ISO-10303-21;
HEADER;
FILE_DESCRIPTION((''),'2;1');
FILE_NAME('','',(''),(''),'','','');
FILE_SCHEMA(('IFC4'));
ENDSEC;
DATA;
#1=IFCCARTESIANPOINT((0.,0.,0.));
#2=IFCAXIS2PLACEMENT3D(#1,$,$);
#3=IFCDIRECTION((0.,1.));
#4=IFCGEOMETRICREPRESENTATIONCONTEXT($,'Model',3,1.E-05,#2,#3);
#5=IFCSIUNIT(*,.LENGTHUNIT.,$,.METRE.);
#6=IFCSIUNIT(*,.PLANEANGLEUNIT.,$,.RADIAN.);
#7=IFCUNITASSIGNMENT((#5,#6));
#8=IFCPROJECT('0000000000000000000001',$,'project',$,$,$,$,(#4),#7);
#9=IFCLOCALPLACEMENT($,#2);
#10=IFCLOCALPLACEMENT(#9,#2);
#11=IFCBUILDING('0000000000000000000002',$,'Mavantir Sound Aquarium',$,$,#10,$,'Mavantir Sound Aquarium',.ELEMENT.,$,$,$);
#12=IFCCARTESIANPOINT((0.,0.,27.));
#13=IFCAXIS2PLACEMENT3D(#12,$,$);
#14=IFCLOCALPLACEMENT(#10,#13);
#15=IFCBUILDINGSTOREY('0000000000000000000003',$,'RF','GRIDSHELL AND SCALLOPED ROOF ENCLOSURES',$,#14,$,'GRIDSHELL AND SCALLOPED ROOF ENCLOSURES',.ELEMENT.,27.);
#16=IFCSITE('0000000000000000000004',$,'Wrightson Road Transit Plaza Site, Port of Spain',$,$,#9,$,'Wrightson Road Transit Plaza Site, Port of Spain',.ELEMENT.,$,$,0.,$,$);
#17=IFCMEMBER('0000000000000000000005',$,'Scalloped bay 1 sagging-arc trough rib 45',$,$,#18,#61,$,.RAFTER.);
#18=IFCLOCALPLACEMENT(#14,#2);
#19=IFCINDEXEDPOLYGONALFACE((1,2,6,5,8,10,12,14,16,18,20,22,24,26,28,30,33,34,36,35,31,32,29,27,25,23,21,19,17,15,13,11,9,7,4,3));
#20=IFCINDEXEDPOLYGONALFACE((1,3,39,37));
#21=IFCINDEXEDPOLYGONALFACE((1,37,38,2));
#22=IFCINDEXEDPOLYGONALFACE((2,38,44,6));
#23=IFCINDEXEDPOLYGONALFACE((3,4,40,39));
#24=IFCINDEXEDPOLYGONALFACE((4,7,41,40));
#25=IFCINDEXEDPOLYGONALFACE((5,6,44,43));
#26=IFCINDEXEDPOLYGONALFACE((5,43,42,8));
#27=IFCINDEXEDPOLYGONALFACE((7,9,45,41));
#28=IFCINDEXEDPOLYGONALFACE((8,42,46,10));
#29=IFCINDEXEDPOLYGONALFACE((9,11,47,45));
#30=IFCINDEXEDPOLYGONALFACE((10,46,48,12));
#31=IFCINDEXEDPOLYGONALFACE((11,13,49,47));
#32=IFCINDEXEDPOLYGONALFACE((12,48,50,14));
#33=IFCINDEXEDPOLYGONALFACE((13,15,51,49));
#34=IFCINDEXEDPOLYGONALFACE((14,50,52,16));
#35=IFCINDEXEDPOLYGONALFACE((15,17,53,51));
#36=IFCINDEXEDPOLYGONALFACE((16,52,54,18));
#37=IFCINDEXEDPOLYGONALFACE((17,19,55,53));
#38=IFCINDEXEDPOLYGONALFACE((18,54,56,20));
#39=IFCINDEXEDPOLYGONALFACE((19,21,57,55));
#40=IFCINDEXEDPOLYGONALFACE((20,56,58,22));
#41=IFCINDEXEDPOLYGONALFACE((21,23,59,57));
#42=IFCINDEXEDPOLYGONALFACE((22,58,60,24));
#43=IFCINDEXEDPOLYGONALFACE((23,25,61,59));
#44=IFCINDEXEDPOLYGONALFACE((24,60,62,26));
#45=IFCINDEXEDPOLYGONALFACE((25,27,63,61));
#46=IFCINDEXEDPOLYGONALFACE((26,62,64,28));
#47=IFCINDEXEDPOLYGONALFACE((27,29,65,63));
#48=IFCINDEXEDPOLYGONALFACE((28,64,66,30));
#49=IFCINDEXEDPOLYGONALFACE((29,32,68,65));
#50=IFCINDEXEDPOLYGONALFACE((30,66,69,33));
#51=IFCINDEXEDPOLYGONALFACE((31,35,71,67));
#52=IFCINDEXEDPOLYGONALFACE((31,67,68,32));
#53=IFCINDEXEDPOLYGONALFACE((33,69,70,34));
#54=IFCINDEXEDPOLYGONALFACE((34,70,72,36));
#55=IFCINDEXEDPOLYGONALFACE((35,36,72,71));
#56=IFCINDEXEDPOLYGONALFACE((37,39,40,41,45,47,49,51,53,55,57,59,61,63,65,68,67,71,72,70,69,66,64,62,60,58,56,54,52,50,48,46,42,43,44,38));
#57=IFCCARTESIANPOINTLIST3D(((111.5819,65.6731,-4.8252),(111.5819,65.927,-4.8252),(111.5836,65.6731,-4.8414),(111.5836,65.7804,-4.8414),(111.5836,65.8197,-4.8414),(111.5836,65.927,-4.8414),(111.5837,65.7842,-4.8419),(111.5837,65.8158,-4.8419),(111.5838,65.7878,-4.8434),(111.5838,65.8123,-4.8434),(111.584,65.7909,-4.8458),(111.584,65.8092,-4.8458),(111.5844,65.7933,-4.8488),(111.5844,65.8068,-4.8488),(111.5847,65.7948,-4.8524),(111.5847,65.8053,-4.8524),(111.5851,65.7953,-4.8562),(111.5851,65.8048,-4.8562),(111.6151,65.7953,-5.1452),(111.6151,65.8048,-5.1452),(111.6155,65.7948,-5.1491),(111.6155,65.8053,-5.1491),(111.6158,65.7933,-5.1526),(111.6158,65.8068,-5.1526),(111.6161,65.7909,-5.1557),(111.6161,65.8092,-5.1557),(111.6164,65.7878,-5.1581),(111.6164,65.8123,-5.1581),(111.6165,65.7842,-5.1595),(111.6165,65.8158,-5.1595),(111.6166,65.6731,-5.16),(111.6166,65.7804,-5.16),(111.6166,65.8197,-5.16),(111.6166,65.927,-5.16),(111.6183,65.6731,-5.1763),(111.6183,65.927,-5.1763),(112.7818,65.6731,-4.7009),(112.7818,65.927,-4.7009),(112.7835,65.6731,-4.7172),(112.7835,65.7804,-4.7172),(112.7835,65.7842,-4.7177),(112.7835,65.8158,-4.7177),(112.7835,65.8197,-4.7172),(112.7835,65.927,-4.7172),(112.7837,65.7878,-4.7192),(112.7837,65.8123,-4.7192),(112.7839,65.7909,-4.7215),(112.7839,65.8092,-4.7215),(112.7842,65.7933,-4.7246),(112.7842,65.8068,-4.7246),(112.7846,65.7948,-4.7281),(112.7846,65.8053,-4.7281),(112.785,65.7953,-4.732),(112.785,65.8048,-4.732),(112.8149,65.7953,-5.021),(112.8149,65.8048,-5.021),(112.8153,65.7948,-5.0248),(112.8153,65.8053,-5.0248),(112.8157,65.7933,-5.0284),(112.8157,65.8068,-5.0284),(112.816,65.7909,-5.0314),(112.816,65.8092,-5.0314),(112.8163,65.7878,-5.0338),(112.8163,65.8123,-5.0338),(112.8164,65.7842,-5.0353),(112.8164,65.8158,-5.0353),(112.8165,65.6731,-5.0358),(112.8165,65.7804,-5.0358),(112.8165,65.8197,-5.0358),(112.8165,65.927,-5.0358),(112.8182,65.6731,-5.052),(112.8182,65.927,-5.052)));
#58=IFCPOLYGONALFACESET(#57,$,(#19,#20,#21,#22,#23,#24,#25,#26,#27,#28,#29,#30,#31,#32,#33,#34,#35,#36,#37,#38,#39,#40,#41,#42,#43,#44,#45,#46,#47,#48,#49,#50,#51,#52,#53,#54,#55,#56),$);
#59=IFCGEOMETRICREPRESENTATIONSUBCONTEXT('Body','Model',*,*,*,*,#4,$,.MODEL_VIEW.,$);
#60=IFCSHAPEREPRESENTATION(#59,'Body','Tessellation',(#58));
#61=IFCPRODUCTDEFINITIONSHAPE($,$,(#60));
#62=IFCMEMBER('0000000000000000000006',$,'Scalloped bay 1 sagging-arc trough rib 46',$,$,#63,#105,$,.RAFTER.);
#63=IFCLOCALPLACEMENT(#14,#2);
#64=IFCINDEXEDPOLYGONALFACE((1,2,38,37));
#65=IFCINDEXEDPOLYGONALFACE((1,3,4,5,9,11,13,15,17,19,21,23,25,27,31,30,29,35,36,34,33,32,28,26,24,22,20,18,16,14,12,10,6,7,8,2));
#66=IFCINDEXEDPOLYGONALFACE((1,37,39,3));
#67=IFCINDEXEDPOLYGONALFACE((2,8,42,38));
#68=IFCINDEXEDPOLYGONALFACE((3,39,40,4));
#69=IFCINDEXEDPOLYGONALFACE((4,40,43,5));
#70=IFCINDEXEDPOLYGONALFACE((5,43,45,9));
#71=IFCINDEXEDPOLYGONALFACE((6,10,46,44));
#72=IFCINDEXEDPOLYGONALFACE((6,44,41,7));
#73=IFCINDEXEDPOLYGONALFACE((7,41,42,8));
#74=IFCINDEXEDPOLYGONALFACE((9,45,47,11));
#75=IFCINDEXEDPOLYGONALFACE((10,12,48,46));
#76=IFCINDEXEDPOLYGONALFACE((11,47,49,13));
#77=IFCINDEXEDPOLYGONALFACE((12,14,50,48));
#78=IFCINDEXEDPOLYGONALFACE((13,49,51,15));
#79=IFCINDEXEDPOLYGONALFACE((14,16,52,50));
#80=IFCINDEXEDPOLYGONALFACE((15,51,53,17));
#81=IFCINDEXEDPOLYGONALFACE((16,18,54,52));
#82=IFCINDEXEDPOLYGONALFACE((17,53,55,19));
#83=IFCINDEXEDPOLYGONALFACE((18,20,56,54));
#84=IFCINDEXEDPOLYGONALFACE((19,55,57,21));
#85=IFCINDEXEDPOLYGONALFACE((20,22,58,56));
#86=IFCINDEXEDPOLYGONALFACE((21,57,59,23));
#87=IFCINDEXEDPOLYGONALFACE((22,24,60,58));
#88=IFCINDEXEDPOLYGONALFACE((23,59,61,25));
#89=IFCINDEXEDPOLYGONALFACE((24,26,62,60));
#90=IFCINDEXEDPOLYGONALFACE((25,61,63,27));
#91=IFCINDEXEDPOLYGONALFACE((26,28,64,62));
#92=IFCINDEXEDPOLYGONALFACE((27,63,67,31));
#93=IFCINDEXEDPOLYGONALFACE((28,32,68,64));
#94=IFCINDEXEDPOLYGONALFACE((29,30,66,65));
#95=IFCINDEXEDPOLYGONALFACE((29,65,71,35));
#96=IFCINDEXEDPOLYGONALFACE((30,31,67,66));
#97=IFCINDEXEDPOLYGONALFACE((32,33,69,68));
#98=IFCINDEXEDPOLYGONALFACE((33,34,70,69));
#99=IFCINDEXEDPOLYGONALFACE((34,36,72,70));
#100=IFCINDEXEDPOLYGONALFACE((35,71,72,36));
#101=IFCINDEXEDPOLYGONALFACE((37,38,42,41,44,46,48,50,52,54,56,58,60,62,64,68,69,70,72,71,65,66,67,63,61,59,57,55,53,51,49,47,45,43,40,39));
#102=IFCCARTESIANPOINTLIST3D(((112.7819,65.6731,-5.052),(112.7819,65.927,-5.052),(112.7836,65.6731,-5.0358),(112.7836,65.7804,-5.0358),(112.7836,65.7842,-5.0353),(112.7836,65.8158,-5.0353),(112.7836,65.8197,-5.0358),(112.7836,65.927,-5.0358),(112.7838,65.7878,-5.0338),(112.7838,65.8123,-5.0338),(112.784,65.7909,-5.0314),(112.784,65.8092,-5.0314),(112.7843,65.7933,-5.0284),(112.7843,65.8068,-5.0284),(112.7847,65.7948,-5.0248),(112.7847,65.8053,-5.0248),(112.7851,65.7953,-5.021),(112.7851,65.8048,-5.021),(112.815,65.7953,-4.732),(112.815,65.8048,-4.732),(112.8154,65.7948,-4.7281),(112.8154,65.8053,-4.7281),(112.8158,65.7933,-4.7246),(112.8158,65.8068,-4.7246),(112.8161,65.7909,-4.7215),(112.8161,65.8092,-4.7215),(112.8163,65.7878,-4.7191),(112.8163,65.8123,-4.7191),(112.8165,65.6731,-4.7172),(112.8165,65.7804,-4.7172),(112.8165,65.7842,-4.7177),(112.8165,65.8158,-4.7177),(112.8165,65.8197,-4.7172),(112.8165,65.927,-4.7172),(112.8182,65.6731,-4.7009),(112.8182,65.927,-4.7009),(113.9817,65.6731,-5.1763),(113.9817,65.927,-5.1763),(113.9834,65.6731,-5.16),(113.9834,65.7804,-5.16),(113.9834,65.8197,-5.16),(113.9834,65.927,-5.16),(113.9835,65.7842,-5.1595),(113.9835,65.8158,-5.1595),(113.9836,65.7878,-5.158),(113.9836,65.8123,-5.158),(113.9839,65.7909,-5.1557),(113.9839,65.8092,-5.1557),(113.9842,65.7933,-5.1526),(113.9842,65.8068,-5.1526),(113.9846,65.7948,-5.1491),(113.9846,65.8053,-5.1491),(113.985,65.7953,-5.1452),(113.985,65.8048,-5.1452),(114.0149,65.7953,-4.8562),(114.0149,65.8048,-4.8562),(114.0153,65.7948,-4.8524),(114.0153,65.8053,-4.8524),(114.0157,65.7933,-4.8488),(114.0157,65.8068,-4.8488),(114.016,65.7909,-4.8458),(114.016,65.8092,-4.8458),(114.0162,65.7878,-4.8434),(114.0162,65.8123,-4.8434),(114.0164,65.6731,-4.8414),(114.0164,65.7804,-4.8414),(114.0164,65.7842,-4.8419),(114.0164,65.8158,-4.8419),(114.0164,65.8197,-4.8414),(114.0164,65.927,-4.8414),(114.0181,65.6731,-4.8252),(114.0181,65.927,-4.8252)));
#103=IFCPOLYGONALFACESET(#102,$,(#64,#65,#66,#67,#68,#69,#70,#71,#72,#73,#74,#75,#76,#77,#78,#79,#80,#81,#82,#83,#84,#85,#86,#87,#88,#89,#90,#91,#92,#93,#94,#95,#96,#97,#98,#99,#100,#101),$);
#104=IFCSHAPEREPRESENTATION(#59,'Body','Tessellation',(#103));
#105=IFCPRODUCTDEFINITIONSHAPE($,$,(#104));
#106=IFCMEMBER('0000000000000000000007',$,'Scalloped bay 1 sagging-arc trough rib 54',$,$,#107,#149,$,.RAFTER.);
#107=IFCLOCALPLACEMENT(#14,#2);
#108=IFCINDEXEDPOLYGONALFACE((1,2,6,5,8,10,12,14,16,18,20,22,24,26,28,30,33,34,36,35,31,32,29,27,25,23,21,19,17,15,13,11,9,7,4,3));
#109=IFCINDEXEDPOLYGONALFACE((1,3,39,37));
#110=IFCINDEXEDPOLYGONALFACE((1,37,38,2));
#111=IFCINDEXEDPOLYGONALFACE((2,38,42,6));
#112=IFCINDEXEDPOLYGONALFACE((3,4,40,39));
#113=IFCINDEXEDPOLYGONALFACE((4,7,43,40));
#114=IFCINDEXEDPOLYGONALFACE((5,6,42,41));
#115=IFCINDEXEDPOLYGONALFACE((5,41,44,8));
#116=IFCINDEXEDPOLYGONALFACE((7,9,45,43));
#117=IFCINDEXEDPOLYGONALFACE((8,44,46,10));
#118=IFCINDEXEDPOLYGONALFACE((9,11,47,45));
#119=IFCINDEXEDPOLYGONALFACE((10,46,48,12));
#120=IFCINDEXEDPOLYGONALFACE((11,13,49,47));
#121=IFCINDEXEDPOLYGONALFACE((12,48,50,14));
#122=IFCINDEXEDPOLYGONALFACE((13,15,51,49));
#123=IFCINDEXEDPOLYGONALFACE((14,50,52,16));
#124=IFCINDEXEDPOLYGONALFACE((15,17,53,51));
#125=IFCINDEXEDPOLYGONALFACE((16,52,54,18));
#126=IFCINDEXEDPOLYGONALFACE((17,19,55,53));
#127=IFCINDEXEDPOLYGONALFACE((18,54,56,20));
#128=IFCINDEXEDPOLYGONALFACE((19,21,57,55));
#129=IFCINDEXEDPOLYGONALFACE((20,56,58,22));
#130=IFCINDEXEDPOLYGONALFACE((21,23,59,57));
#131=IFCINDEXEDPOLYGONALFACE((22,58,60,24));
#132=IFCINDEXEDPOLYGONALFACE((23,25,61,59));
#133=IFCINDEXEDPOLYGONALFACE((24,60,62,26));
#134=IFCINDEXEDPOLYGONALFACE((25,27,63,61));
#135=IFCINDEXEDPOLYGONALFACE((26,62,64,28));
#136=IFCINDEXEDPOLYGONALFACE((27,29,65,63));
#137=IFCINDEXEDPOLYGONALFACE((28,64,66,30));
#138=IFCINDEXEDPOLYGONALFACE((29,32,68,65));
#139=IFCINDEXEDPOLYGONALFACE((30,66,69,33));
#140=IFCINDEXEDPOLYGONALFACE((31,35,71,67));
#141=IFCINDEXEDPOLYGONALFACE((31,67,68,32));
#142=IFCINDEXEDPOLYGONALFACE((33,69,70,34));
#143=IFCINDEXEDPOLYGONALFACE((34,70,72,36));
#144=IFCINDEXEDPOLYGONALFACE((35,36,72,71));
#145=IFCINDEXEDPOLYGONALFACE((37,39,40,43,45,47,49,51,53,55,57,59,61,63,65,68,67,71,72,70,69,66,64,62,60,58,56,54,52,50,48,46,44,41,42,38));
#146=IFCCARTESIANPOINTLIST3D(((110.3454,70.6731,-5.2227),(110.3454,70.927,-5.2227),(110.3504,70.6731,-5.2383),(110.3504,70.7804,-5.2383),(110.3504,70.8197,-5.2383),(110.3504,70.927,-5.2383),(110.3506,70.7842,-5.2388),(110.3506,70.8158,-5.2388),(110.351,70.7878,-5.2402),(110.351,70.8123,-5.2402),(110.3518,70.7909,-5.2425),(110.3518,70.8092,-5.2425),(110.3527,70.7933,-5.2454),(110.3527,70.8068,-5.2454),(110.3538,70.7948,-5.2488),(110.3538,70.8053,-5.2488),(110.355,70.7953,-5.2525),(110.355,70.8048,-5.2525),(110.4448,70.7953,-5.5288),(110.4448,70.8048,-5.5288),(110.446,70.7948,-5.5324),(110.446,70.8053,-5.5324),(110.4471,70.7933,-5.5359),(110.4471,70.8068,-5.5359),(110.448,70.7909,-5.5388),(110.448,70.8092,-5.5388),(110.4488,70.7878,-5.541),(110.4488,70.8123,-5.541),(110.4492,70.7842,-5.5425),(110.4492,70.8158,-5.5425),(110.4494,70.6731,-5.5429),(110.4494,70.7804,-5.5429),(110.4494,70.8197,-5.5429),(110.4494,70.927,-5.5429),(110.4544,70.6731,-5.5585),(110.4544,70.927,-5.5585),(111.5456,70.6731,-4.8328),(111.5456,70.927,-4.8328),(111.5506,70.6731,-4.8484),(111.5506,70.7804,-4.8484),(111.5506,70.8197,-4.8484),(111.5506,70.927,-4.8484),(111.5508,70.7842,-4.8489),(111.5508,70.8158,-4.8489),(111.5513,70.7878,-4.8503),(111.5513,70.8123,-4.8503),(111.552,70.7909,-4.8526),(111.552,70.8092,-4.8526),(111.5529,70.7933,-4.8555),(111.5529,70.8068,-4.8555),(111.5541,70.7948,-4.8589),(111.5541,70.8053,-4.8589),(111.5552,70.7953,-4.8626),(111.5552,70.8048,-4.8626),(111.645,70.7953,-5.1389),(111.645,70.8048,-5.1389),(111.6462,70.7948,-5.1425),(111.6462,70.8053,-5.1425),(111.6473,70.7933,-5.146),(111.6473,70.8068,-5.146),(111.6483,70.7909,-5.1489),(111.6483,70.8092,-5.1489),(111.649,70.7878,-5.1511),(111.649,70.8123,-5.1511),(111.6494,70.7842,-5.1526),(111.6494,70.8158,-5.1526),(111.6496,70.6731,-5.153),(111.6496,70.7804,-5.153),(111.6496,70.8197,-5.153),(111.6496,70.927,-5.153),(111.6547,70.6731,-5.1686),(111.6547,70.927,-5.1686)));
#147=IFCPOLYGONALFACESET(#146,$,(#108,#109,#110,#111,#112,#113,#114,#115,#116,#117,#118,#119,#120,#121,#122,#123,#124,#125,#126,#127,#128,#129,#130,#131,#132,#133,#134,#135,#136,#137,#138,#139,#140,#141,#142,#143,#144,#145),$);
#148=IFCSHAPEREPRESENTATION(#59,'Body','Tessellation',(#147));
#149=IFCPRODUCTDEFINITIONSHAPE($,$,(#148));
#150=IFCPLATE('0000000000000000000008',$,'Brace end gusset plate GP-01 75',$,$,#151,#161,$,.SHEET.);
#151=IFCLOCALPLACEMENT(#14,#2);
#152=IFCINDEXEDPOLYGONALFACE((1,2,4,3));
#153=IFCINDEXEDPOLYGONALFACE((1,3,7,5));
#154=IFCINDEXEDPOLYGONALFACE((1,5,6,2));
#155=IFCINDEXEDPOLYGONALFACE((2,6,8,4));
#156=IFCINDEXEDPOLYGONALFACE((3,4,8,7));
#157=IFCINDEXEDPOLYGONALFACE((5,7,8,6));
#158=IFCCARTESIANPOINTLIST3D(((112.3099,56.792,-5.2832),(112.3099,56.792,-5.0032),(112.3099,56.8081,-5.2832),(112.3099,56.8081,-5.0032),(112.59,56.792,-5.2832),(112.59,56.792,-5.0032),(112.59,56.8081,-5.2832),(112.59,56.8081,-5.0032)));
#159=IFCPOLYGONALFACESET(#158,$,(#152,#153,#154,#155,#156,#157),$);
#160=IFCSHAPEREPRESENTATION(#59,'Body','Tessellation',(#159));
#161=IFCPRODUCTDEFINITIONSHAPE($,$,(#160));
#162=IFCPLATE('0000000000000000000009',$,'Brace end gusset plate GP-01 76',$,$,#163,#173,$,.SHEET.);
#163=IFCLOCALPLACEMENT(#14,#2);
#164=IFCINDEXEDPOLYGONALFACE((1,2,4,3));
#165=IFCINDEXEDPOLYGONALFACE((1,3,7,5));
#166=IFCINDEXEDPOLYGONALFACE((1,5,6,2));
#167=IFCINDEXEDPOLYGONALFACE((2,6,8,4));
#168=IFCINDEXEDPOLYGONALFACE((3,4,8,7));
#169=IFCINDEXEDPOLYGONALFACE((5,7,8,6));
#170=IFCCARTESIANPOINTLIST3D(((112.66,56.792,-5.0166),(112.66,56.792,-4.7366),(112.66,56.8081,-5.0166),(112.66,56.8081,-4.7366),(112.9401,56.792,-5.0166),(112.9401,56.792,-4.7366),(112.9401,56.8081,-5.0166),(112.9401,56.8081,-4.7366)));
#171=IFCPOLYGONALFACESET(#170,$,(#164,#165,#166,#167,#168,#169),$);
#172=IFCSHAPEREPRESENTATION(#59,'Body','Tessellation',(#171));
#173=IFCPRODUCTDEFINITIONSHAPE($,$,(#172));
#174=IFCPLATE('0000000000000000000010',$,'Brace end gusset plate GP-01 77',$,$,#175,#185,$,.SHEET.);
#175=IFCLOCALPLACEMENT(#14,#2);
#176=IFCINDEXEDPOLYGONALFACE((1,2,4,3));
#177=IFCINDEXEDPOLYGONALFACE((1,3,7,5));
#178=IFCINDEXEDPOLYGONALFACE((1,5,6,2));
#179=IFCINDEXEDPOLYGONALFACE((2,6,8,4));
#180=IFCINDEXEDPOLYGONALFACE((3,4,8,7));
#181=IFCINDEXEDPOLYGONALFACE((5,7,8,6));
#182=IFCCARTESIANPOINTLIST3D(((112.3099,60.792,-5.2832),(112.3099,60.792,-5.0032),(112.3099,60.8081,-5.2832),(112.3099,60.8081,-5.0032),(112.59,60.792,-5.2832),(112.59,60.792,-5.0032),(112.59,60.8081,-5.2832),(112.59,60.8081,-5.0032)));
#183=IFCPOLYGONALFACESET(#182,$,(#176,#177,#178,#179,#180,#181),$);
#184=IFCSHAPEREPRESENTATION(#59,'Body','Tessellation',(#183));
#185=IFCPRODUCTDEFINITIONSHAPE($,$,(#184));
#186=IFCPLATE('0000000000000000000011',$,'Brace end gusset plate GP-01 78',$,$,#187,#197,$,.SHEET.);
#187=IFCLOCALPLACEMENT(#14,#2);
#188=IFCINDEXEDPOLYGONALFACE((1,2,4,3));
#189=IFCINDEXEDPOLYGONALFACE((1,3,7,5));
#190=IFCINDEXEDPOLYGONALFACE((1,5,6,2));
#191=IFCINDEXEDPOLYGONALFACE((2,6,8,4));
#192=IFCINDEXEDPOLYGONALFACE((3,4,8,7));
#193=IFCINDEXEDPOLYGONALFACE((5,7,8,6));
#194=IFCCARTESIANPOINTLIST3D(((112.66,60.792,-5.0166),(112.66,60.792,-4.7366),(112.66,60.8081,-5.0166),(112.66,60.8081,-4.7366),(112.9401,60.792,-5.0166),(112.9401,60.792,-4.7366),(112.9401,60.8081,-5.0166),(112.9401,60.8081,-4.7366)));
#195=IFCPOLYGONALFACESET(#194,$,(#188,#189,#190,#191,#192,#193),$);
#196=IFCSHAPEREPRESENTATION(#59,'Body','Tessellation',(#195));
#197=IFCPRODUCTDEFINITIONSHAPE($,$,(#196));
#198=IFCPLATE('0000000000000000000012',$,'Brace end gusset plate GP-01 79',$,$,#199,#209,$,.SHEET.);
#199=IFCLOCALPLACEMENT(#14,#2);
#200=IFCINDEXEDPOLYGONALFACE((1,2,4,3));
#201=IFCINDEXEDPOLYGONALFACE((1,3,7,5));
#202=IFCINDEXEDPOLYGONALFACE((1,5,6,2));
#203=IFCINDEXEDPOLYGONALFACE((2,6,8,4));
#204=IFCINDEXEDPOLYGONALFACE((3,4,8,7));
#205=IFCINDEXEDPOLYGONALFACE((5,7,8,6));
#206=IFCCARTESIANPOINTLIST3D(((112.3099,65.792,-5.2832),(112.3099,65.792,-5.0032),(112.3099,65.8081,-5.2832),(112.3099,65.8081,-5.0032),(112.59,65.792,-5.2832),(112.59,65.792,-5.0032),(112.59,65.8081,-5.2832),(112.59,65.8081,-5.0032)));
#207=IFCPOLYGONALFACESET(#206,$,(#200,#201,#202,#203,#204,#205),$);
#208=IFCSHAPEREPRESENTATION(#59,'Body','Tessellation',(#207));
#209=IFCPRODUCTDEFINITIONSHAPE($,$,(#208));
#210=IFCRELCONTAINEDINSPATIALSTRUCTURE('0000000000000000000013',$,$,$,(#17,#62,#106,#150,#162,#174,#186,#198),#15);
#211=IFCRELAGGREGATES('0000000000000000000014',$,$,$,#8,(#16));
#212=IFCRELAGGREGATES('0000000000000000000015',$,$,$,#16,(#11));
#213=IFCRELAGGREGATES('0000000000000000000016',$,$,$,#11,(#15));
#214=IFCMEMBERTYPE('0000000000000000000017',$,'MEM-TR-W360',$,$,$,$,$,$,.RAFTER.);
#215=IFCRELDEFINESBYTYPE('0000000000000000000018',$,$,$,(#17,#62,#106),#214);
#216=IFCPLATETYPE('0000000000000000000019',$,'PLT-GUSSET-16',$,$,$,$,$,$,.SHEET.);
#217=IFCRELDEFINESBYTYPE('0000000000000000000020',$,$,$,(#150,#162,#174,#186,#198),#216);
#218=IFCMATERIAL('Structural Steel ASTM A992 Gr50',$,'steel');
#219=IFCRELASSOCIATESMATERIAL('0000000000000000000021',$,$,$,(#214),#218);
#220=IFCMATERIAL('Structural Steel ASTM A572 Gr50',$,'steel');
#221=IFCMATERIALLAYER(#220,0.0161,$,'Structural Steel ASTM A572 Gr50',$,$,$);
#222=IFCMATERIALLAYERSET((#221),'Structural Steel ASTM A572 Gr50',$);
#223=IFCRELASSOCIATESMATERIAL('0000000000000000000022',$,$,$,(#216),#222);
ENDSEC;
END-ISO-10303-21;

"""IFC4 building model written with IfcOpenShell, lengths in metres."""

from ifc_helpers import new_model, si_unit, direction, frame, origin, origin_2d, place, context, subcontext, project, spatial, rectangle, i_section, extrude, material, layer, layer_set, material_profile, profile_set, type_object, element, save


model = new_model("IFC4")

# Units and contexts
model_context = context("Model", 3, precision=1e-05, world=origin(), true_north=direction((0.0, 1.0)))
body_context = subcontext(model_context, "Body", "Model", "MODEL_VIEW")
ifc_project = project(units=[si_unit("LENGTHUNIT", "METRE"), si_unit("PLANEANGLEUNIT", "RADIAN")], contexts=[model_context])

# Site, building, storey
site_placement = place(None, origin())
site = spatial("IfcSite", under=ifc_project, at=site_placement, Name="Wrightson Road Transit Plaza Site, Port of Spain", LongName="Wrightson Road Transit Plaza Site, Port of Spain", CompositionType="ELEMENT", RefElevation=0.0)
building_placement = place(site_placement, origin())
building = spatial("IfcBuilding", under=site, at=building_placement, Name="Mavantir Sound Aquarium", LongName="Mavantir Sound Aquarium", CompositionType="ELEMENT")
storey_placement = place(building_placement, frame((0.0, 0.0, 27.0)))
storey = spatial("IfcBuildingStorey", under=building, at=storey_placement, Name="RF", Description="GRIDSHELL AND SCALLOPED ROOF ENCLOSURES", LongName="GRIDSHELL AND SCALLOPED ROOF ENCLOSURES", CompositionType="ELEMENT", Elevation=27.0)

# Members
ifc_material_1 = material(Name="Structural Steel ASTM A992 Gr50", Category="steel")
ifc_material_profile_1 = material_profile(ifc_material_1, i_section(OverallWidth=0.2539, OverallDepth=0.353, WebThickness=0.0095, FlangeThickness=0.0164, FilletRadius=0.0149, at=origin_2d()), Name="W360X91")
ifc_profile_set_1 = profile_set([ifc_material_profile_1], Name="Structural Steel ASTM A992 Gr50")
member_type_1 = type_object("IfcMemberType", Name="MEM-TR-W360", PredefinedType="RAFTER", material=ifc_profile_set_1)
for number, where, z_axis, x_axis, name in (
    (1, (111.6001, 65.8, -5.0007), (0.99468, 0.0, 0.10301), (0.0, 1.0, 0.0), "Scalloped bay 1 sagging-arc trough rib 45"),
    (2, (112.8, 65.8, -4.8765), (0.99468, 0.0, -0.10301), (0.0, 1.0, 0.0), "Scalloped bay 1 sagging-arc trough rib 46"),
):
    element("IfcMember", number, at=place(storey_placement, frame(where, z_axis=z_axis, x_axis=x_axis)), inside=storey, type_object=member_type_1, Name=name, PredefinedType="RAFTER", context=body_context, shape_type="SweptSolid", body=[
        extrude(i_section(OverallWidth=0.2539, OverallDepth=0.353, WebThickness=0.0095, FlangeThickness=0.0164, FilletRadius=0.0149, at=origin_2d()), origin(), (0.0, 0.0, 1.0), 1.2063),
    ])
member_1_placement = place(storey_placement, frame((110.3999, 70.8, -5.3906), z_axis=(0.951074, 0.0, 0.308964), x_axis=(0.0, 1.0, 0.0)))
element("IfcMember", 3, at=member_1_placement, inside=storey, type_object=member_type_1, Name="Scalloped bay 1 sagging-arc trough rib 54", PredefinedType="RAFTER", context=body_context, shape_type="SweptSolid", body=[
    extrude(i_section(OverallWidth=0.2539, OverallDepth=0.353, WebThickness=0.0095, FlangeThickness=0.0164, FilletRadius=0.0149, at=origin_2d()), origin(), (0.0, 0.0, 1.0), 1.262),
])

# Plates
ifc_material_2 = material(Name="Structural Steel ASTM A572 Gr50", Category="steel")
ifc_layer_1 = layer(ifc_material_2, 0.0161, Name="Structural Steel ASTM A572 Gr50")
ifc_layer_set_1 = layer_set([ifc_layer_1], Name="Structural Steel ASTM A572 Gr50")
plate_type = type_object("IfcPlateType", Name="PLT-GUSSET-16", PredefinedType="SHEET", material=ifc_layer_set_1)
for number, where, z_axis, x_axis, name in (
    (4, (112.45, 56.8, -5.2832), (0.0, 0.0, 1.0), (1.0, 0.0, 0.0), "Brace end gusset plate GP-01 75"),
    (5, (112.8, 56.8, -5.0166), (0.0, 0.0, 1.0), (1.0, 0.0, 0.0), "Brace end gusset plate GP-01 76"),
    (6, (112.45, 60.8, -5.2832), (0.0, 0.0, 1.0), (1.0, 0.0, 0.0), "Brace end gusset plate GP-01 77"),
    (7, (112.8, 60.8, -5.0166), (0.0, 0.0, 1.0), (1.0, 0.0, 0.0), "Brace end gusset plate GP-01 78"),
    (8, (112.45, 65.8, -5.2832), (0.0, 0.0, 1.0), (1.0, 0.0, 0.0), "Brace end gusset plate GP-01 79"),
):
    element("IfcPlate", number, at=place(storey_placement, frame(where, z_axis=z_axis, x_axis=x_axis)), inside=storey, type_object=plate_type, Name=name, PredefinedType="SHEET", context=body_context, shape_type="SweptSolid", body=[
        extrude(rectangle(XDim=0.28, YDim=0.0161, at=origin_2d()), origin(), (0.0, 0.0, 1.0), 0.28),
    ])

save(model, "model.ifc")
